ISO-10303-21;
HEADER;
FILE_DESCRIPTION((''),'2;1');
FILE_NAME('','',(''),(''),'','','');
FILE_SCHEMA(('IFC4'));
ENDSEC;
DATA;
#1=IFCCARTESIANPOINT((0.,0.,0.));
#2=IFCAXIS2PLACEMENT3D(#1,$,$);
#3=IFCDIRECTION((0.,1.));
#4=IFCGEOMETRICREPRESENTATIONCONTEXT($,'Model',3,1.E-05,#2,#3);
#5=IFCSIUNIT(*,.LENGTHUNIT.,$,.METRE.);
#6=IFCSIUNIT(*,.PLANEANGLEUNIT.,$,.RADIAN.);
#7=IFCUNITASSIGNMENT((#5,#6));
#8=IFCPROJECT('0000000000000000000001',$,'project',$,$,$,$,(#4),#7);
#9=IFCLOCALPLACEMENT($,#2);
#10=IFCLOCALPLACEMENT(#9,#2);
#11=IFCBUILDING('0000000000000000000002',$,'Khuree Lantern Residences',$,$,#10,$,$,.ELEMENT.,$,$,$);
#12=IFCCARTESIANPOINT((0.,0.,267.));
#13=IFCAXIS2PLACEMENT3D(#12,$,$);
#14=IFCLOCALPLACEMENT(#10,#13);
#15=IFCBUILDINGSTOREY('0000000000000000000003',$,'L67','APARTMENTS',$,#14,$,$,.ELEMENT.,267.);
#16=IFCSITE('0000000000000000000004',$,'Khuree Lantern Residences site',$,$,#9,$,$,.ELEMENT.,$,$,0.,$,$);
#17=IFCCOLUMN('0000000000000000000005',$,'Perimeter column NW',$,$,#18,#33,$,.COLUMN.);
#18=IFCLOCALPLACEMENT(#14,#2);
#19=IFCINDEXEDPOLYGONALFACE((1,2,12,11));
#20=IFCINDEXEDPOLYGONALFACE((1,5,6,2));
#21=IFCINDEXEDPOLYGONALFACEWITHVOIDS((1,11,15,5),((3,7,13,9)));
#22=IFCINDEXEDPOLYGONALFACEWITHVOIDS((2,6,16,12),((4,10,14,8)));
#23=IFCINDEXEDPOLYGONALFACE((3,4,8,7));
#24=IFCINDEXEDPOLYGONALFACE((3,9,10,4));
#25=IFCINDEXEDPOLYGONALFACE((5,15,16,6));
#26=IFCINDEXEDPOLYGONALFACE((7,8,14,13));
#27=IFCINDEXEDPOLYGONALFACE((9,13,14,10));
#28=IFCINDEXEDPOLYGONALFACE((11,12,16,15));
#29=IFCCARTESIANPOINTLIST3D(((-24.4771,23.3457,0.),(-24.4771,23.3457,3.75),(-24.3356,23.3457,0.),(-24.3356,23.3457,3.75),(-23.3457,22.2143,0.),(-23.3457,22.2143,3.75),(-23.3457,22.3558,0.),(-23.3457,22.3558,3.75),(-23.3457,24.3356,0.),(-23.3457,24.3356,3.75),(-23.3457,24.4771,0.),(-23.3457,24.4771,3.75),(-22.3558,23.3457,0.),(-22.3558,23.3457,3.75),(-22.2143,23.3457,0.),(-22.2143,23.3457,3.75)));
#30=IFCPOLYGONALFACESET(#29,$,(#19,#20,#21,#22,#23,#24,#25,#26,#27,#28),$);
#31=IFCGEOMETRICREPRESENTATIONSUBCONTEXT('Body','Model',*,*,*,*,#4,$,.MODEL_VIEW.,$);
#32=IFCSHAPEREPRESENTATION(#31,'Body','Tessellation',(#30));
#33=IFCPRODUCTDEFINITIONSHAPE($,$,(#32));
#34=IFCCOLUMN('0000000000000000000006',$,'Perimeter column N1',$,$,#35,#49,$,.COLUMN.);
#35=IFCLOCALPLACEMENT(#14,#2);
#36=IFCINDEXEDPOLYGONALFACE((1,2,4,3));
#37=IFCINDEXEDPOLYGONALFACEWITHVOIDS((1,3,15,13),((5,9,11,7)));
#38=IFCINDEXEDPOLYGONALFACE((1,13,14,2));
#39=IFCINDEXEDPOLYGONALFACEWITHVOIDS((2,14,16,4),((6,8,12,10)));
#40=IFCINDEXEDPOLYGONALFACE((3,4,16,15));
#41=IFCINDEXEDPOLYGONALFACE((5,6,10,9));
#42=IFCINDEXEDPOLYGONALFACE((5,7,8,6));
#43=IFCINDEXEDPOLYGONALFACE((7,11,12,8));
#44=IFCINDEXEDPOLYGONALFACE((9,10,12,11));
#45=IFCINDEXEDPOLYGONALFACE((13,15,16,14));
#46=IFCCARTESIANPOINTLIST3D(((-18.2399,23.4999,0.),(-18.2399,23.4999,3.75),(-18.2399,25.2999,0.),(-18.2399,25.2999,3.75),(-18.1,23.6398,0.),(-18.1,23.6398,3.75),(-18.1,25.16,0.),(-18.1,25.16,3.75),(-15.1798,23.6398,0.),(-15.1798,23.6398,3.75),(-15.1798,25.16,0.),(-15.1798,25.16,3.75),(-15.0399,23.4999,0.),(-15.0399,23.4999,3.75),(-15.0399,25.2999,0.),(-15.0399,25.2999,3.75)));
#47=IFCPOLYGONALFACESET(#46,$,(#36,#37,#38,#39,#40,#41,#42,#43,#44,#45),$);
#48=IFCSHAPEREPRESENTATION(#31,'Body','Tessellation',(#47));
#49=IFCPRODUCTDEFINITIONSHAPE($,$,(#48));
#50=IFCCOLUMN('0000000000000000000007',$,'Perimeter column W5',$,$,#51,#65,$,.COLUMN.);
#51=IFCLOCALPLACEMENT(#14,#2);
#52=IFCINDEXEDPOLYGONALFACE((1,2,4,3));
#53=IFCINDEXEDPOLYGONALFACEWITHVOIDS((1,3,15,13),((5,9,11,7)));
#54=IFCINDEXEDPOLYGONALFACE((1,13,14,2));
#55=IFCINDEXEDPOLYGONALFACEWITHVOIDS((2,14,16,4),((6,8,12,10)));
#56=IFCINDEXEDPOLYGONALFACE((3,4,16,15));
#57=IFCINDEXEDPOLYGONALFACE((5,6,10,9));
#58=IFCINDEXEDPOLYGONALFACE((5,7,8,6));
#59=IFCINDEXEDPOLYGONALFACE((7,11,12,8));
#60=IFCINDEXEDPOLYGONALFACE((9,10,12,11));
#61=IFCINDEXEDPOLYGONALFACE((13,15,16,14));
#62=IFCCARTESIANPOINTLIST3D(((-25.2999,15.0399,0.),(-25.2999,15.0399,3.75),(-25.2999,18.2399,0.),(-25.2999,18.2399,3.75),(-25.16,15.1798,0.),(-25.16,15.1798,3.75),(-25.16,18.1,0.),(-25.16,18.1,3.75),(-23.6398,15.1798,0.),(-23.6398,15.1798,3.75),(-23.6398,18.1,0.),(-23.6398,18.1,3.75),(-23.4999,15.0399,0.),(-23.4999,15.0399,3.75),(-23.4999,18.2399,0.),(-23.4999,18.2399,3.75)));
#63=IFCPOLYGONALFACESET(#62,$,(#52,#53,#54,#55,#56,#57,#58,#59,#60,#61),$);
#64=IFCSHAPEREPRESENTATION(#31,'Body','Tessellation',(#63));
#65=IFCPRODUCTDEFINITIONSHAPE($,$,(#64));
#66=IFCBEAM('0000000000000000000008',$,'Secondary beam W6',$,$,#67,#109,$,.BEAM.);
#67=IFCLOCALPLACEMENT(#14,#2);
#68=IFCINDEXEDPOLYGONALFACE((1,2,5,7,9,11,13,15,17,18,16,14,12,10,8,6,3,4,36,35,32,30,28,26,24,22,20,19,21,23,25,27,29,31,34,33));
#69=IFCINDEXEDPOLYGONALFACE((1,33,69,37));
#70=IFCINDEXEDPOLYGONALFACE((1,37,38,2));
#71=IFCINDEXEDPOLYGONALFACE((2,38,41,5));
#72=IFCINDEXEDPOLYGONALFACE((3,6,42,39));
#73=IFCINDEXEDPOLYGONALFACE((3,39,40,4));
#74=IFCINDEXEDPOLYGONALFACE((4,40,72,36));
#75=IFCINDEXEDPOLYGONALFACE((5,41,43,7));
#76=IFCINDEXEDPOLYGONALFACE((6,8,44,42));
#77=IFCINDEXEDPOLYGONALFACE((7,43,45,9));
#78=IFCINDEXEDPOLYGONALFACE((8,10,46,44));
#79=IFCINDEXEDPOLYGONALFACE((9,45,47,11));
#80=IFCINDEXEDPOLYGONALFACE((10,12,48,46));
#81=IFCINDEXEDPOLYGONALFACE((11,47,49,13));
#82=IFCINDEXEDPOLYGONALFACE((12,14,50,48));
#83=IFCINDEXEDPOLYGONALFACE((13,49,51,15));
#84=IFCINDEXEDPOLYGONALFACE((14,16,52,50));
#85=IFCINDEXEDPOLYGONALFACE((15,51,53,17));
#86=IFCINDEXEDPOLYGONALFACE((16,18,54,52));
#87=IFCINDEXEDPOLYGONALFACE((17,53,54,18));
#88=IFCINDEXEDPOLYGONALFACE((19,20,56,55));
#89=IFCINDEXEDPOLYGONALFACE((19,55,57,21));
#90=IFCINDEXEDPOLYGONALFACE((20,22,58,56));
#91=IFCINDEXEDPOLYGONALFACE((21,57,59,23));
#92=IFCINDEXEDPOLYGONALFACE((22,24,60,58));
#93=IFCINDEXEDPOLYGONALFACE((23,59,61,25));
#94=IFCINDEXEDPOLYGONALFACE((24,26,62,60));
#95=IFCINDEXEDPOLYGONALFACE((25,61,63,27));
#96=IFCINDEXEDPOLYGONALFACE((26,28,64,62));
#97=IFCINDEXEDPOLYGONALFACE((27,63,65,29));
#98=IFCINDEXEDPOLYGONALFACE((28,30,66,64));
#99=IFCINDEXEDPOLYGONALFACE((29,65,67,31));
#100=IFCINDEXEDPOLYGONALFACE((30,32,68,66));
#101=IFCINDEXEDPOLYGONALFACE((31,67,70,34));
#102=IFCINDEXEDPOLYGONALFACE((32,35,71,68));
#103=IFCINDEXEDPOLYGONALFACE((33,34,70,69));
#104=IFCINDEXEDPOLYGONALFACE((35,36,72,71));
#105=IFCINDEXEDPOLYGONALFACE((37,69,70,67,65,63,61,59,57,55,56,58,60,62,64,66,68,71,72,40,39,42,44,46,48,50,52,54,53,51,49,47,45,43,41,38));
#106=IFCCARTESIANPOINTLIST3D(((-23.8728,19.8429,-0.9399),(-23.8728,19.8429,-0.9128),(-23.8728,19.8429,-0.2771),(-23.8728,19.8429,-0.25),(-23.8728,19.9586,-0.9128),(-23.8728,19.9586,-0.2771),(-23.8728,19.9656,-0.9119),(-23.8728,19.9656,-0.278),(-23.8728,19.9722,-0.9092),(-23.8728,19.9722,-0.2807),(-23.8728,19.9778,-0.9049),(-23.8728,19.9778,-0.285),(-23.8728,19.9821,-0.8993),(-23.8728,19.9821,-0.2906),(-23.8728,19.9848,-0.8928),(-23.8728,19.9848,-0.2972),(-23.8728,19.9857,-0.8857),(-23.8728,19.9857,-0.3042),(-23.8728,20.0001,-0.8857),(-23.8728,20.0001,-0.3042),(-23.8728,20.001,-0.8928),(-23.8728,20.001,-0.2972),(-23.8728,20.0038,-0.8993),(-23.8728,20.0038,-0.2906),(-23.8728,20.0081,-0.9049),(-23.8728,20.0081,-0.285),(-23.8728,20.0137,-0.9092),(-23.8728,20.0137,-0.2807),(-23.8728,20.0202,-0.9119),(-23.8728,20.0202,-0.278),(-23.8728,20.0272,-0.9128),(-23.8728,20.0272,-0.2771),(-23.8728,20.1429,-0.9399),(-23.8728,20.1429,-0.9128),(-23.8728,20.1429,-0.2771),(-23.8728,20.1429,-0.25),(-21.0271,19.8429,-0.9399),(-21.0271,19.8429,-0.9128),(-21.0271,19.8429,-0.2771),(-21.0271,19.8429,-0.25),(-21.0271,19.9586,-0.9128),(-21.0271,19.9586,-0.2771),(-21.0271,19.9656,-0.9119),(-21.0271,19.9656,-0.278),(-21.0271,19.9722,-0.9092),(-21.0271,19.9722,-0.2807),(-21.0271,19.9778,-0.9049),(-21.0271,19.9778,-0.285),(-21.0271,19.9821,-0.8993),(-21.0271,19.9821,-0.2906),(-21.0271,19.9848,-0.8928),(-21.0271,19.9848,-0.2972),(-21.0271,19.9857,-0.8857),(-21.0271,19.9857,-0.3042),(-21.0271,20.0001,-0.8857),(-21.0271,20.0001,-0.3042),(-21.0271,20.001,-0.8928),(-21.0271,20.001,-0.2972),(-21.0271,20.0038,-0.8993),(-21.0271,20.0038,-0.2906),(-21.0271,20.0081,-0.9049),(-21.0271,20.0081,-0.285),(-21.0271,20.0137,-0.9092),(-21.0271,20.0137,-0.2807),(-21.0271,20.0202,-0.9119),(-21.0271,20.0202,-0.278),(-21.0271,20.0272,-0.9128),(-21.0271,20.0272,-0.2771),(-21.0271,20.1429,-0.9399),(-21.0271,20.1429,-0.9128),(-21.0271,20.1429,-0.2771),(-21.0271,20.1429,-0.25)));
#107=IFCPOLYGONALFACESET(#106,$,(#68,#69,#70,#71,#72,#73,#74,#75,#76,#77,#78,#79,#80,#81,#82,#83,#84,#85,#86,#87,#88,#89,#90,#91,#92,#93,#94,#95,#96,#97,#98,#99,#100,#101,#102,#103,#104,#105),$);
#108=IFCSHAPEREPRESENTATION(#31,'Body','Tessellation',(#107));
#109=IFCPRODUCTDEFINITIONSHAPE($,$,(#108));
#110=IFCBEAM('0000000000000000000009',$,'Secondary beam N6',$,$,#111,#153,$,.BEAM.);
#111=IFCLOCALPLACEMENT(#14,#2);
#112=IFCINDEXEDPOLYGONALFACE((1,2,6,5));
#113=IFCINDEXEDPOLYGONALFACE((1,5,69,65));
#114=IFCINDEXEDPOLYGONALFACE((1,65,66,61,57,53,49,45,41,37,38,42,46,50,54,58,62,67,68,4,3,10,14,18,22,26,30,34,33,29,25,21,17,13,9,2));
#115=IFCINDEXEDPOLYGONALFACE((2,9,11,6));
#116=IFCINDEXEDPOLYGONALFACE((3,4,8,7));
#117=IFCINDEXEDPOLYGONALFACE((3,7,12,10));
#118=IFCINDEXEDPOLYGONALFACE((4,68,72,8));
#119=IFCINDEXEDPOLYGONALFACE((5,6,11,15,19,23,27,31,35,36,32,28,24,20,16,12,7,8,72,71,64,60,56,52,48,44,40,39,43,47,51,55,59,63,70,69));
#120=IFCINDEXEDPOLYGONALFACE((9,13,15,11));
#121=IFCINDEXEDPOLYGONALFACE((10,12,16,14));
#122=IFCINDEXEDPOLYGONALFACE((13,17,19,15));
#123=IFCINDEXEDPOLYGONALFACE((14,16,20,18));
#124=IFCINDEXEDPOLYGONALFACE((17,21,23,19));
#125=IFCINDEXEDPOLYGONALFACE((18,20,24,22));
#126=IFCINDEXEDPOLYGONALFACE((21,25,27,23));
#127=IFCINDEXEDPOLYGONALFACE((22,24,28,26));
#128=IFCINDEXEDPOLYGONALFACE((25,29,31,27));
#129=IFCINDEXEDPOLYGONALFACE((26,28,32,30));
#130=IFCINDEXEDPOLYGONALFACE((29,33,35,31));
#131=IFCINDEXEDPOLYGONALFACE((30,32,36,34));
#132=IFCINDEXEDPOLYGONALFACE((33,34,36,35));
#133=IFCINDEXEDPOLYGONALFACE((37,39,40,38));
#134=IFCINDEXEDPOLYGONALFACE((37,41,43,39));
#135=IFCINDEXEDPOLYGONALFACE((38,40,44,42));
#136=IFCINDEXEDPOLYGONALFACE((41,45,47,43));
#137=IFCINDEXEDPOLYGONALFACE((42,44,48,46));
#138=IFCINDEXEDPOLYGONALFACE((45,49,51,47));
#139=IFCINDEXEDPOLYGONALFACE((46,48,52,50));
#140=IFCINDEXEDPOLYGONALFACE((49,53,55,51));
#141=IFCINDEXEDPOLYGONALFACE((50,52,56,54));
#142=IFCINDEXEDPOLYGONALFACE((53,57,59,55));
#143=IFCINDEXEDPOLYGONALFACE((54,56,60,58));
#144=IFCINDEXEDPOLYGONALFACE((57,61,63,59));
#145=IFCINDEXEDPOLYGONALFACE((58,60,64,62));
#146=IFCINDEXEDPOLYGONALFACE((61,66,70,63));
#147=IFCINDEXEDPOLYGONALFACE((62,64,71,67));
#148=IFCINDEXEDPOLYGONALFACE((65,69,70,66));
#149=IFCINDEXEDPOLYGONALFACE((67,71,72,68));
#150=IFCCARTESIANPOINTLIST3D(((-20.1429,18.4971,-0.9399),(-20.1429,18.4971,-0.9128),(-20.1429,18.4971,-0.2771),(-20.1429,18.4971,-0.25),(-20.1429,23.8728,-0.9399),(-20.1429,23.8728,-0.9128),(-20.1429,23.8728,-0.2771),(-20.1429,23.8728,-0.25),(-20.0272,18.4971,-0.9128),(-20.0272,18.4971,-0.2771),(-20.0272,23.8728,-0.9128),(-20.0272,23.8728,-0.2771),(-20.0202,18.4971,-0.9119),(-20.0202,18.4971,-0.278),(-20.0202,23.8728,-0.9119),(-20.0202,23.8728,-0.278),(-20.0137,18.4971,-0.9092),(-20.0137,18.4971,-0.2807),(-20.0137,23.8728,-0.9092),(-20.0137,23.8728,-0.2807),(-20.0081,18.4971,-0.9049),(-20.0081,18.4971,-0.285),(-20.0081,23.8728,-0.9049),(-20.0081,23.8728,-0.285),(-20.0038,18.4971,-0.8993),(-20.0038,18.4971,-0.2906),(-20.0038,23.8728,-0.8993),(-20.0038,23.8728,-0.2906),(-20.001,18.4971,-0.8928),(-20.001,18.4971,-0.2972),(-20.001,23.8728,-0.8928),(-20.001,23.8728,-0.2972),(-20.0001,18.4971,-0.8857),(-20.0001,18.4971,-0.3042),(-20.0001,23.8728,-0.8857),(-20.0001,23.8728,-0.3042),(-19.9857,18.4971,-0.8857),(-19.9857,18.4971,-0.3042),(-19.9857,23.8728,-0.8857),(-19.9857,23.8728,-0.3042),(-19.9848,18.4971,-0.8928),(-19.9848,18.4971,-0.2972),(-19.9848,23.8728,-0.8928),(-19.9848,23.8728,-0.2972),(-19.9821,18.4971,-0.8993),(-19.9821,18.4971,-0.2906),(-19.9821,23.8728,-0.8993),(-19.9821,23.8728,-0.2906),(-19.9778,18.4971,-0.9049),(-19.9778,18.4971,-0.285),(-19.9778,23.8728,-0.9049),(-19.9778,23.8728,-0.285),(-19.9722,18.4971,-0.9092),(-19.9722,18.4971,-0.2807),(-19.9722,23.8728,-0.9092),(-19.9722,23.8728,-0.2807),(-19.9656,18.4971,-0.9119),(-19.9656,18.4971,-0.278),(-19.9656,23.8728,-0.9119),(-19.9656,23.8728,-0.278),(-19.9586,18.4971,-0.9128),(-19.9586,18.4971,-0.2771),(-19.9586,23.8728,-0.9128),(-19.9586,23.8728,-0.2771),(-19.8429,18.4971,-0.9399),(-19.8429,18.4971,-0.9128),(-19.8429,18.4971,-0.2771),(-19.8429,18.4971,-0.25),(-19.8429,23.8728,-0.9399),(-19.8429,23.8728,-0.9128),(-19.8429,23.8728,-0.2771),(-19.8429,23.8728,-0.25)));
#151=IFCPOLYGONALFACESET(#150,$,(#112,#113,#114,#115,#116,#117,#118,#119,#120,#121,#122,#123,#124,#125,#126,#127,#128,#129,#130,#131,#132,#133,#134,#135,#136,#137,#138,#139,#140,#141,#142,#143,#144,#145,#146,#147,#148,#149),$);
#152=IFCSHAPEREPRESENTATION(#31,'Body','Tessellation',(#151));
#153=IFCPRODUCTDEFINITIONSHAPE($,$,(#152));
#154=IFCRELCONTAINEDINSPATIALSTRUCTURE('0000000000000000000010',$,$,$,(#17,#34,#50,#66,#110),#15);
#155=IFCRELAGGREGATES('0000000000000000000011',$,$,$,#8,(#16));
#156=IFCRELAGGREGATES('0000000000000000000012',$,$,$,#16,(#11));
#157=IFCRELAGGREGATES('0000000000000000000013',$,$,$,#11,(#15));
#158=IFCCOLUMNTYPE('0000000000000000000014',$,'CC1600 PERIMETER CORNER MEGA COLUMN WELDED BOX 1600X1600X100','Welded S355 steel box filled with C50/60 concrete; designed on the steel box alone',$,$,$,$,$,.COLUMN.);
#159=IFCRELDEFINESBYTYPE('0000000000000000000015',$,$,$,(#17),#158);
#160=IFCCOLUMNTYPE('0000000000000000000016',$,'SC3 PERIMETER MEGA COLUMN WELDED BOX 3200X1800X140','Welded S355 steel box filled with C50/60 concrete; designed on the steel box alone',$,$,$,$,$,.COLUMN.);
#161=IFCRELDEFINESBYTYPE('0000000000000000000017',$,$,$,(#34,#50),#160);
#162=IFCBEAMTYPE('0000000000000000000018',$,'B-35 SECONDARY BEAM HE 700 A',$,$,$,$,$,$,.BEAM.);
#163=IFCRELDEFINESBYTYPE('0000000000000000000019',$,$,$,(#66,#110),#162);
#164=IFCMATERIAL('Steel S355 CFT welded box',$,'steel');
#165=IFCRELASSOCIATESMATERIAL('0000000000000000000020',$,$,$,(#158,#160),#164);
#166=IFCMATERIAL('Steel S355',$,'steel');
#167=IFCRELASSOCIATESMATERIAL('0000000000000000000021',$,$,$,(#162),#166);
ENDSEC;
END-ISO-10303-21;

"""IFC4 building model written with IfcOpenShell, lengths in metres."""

from ifc_helpers import new_model, si_unit, direction, frame, origin, origin_2d, place, context, subcontext, project, spatial, hollow_rectangle, i_section, extrude, material, material_profile, profile_set, type_object, element, save


model = new_model("IFC4")

# Units and contexts
model_context = context("Model", 3, precision=1e-05, world=origin(), true_north=direction((0.0, 1.0)))
body_context = subcontext(model_context, "Body", "Model", "MODEL_VIEW")
ifc_project = project(units=[si_unit("LENGTHUNIT", "METRE"), si_unit("PLANEANGLEUNIT", "RADIAN")], contexts=[model_context])

# Site, building, storey
site_placement = place(None, origin())
site = spatial("IfcSite", under=ifc_project, at=site_placement, Name="Khuree Lantern Residences site", CompositionType="ELEMENT", RefElevation=0.0)
building_placement = place(site_placement, origin())
building = spatial("IfcBuilding", under=site, at=building_placement, Name="Khuree Lantern Residences", CompositionType="ELEMENT")
storey_placement = place(building_placement, frame((0.0, 0.0, 267.0)))
storey = spatial("IfcBuildingStorey", under=building, at=storey_placement, Name="L67", Description="APARTMENTS", CompositionType="ELEMENT", Elevation=267.0)

# Columns
ifc_material_1 = material(Name="Steel S355 CFT welded box", Category="steel")
ifc_material_profile_1 = material_profile(ifc_material_1, hollow_rectangle(XDim=1.6001, YDim=1.6001, WallThickness=0.1001, at=origin_2d()), Name="WELDED BOX 1600X1600X100")
ifc_profile_set_1 = profile_set([ifc_material_profile_1], Name="Steel S355 CFT welded box")
column_type_1 = type_object("IfcColumnType", Name="CC1600 PERIMETER CORNER MEGA COLUMN WELDED BOX 1600X1600X100", Description="Welded S355 steel box filled with C50/60 concrete; designed on the steel box alone", PredefinedType="COLUMN", material=ifc_profile_set_1)
column_placement = place(storey_placement, frame((-23.3457, 23.3457, 0.0), z_axis=(0.0, 0.0, 1.0), x_axis=(0.707107, 0.707107, 0.0)))
element("IfcColumn", 1, at=column_placement, inside=storey, type_object=column_type_1, Name="Perimeter column NW", PredefinedType="COLUMN", context=body_context, shape_type="SweptSolid", body=[
    extrude(hollow_rectangle(XDim=1.6001, YDim=1.6001, WallThickness=0.1001, at=origin_2d()), origin(), (0.0, 0.0, 1.0), 3.75),
])
ifc_material_profile_2 = material_profile(ifc_material_1, hollow_rectangle(XDim=3.2, YDim=1.8, WallThickness=0.1399, at=origin_2d()), Name="WELDED BOX 3200X1800X140")
ifc_profile_set_2 = profile_set([ifc_material_profile_2], Name="Steel S355 CFT welded box")
column_type_2 = type_object("IfcColumnType", Name="SC3 PERIMETER MEGA COLUMN WELDED BOX 3200X1800X140", Description="Welded S355 steel box filled with C50/60 concrete; designed on the steel box alone", PredefinedType="COLUMN", material=ifc_profile_set_2)
for number, where, z_axis, x_axis, name in (
    (2, (-16.6399, 24.3999, 0.0), (0.0, 0.0, 1.0), (1.0, 0.0, 0.0), "Perimeter column N1"),
    (3, (-24.3999, 16.6399, 0.0), (0.0, 0.0, 1.0), (0.0, 1.0, 0.0), "Perimeter column W5"),
):
    element("IfcColumn", number, at=place(storey_placement, frame(where, z_axis=z_axis, x_axis=x_axis)), inside=storey, type_object=column_type_2, Name=name, PredefinedType="COLUMN", context=body_context, shape_type="SweptSolid", body=[
        extrude(hollow_rectangle(XDim=3.2, YDim=1.8, WallThickness=0.1399, at=origin_2d()), origin(), (0.0, 0.0, 1.0), 3.75),
    ])

# Beams
ifc_material_2 = material(Name="Steel S355", Category="steel")
ifc_material_profile_3 = material_profile(ifc_material_2, i_section(OverallWidth=0.3, OverallDepth=0.6899, WebThickness=0.0144, FlangeThickness=0.0271, FilletRadius=0.0271, at=origin_2d()), Name="HE 700 A")
ifc_profile_set_3 = profile_set([ifc_material_profile_3], Name="Steel S355")
beam_type_1 = type_object("IfcBeamType", Name="B-35 SECONDARY BEAM HE 700 A", PredefinedType="BEAM", material=ifc_profile_set_3)
beam_1_placement = place(storey_placement, frame((-23.8728, 19.9929, -0.595), z_axis=(1.0, 0.0, 0.0), x_axis=(0.0, 1.0, 0.0)))
element("IfcBeam", 4, at=beam_1_placement, inside=storey, type_object=beam_type_1, Name="Secondary beam W6", PredefinedType="BEAM", context=body_context, shape_type="SweptSolid", body=[
    extrude(i_section(OverallWidth=0.3, OverallDepth=0.6899, WebThickness=0.0144, FlangeThickness=0.0271, FilletRadius=0.0271, at=origin_2d()), origin(), (0.0, 0.0, 1.0), 2.8457),
])
beam_2_placement = place(storey_placement, frame((-19.9929, 23.8728, -0.595), z_axis=(0.0, -1.0, 0.0), x_axis=(1.0, 0.0, 0.0)))
element("IfcBeam", 5, at=beam_2_placement, inside=storey, type_object=beam_type_1, Name="Secondary beam N6", PredefinedType="BEAM", context=body_context, shape_type="SweptSolid", body=[
    extrude(i_section(OverallWidth=0.3, OverallDepth=0.6899, WebThickness=0.0144, FlangeThickness=0.0271, FilletRadius=0.0271, at=origin_2d()), origin(), (0.0, 0.0, 1.0), 5.3757),
])

save(model, "model.ifc")
